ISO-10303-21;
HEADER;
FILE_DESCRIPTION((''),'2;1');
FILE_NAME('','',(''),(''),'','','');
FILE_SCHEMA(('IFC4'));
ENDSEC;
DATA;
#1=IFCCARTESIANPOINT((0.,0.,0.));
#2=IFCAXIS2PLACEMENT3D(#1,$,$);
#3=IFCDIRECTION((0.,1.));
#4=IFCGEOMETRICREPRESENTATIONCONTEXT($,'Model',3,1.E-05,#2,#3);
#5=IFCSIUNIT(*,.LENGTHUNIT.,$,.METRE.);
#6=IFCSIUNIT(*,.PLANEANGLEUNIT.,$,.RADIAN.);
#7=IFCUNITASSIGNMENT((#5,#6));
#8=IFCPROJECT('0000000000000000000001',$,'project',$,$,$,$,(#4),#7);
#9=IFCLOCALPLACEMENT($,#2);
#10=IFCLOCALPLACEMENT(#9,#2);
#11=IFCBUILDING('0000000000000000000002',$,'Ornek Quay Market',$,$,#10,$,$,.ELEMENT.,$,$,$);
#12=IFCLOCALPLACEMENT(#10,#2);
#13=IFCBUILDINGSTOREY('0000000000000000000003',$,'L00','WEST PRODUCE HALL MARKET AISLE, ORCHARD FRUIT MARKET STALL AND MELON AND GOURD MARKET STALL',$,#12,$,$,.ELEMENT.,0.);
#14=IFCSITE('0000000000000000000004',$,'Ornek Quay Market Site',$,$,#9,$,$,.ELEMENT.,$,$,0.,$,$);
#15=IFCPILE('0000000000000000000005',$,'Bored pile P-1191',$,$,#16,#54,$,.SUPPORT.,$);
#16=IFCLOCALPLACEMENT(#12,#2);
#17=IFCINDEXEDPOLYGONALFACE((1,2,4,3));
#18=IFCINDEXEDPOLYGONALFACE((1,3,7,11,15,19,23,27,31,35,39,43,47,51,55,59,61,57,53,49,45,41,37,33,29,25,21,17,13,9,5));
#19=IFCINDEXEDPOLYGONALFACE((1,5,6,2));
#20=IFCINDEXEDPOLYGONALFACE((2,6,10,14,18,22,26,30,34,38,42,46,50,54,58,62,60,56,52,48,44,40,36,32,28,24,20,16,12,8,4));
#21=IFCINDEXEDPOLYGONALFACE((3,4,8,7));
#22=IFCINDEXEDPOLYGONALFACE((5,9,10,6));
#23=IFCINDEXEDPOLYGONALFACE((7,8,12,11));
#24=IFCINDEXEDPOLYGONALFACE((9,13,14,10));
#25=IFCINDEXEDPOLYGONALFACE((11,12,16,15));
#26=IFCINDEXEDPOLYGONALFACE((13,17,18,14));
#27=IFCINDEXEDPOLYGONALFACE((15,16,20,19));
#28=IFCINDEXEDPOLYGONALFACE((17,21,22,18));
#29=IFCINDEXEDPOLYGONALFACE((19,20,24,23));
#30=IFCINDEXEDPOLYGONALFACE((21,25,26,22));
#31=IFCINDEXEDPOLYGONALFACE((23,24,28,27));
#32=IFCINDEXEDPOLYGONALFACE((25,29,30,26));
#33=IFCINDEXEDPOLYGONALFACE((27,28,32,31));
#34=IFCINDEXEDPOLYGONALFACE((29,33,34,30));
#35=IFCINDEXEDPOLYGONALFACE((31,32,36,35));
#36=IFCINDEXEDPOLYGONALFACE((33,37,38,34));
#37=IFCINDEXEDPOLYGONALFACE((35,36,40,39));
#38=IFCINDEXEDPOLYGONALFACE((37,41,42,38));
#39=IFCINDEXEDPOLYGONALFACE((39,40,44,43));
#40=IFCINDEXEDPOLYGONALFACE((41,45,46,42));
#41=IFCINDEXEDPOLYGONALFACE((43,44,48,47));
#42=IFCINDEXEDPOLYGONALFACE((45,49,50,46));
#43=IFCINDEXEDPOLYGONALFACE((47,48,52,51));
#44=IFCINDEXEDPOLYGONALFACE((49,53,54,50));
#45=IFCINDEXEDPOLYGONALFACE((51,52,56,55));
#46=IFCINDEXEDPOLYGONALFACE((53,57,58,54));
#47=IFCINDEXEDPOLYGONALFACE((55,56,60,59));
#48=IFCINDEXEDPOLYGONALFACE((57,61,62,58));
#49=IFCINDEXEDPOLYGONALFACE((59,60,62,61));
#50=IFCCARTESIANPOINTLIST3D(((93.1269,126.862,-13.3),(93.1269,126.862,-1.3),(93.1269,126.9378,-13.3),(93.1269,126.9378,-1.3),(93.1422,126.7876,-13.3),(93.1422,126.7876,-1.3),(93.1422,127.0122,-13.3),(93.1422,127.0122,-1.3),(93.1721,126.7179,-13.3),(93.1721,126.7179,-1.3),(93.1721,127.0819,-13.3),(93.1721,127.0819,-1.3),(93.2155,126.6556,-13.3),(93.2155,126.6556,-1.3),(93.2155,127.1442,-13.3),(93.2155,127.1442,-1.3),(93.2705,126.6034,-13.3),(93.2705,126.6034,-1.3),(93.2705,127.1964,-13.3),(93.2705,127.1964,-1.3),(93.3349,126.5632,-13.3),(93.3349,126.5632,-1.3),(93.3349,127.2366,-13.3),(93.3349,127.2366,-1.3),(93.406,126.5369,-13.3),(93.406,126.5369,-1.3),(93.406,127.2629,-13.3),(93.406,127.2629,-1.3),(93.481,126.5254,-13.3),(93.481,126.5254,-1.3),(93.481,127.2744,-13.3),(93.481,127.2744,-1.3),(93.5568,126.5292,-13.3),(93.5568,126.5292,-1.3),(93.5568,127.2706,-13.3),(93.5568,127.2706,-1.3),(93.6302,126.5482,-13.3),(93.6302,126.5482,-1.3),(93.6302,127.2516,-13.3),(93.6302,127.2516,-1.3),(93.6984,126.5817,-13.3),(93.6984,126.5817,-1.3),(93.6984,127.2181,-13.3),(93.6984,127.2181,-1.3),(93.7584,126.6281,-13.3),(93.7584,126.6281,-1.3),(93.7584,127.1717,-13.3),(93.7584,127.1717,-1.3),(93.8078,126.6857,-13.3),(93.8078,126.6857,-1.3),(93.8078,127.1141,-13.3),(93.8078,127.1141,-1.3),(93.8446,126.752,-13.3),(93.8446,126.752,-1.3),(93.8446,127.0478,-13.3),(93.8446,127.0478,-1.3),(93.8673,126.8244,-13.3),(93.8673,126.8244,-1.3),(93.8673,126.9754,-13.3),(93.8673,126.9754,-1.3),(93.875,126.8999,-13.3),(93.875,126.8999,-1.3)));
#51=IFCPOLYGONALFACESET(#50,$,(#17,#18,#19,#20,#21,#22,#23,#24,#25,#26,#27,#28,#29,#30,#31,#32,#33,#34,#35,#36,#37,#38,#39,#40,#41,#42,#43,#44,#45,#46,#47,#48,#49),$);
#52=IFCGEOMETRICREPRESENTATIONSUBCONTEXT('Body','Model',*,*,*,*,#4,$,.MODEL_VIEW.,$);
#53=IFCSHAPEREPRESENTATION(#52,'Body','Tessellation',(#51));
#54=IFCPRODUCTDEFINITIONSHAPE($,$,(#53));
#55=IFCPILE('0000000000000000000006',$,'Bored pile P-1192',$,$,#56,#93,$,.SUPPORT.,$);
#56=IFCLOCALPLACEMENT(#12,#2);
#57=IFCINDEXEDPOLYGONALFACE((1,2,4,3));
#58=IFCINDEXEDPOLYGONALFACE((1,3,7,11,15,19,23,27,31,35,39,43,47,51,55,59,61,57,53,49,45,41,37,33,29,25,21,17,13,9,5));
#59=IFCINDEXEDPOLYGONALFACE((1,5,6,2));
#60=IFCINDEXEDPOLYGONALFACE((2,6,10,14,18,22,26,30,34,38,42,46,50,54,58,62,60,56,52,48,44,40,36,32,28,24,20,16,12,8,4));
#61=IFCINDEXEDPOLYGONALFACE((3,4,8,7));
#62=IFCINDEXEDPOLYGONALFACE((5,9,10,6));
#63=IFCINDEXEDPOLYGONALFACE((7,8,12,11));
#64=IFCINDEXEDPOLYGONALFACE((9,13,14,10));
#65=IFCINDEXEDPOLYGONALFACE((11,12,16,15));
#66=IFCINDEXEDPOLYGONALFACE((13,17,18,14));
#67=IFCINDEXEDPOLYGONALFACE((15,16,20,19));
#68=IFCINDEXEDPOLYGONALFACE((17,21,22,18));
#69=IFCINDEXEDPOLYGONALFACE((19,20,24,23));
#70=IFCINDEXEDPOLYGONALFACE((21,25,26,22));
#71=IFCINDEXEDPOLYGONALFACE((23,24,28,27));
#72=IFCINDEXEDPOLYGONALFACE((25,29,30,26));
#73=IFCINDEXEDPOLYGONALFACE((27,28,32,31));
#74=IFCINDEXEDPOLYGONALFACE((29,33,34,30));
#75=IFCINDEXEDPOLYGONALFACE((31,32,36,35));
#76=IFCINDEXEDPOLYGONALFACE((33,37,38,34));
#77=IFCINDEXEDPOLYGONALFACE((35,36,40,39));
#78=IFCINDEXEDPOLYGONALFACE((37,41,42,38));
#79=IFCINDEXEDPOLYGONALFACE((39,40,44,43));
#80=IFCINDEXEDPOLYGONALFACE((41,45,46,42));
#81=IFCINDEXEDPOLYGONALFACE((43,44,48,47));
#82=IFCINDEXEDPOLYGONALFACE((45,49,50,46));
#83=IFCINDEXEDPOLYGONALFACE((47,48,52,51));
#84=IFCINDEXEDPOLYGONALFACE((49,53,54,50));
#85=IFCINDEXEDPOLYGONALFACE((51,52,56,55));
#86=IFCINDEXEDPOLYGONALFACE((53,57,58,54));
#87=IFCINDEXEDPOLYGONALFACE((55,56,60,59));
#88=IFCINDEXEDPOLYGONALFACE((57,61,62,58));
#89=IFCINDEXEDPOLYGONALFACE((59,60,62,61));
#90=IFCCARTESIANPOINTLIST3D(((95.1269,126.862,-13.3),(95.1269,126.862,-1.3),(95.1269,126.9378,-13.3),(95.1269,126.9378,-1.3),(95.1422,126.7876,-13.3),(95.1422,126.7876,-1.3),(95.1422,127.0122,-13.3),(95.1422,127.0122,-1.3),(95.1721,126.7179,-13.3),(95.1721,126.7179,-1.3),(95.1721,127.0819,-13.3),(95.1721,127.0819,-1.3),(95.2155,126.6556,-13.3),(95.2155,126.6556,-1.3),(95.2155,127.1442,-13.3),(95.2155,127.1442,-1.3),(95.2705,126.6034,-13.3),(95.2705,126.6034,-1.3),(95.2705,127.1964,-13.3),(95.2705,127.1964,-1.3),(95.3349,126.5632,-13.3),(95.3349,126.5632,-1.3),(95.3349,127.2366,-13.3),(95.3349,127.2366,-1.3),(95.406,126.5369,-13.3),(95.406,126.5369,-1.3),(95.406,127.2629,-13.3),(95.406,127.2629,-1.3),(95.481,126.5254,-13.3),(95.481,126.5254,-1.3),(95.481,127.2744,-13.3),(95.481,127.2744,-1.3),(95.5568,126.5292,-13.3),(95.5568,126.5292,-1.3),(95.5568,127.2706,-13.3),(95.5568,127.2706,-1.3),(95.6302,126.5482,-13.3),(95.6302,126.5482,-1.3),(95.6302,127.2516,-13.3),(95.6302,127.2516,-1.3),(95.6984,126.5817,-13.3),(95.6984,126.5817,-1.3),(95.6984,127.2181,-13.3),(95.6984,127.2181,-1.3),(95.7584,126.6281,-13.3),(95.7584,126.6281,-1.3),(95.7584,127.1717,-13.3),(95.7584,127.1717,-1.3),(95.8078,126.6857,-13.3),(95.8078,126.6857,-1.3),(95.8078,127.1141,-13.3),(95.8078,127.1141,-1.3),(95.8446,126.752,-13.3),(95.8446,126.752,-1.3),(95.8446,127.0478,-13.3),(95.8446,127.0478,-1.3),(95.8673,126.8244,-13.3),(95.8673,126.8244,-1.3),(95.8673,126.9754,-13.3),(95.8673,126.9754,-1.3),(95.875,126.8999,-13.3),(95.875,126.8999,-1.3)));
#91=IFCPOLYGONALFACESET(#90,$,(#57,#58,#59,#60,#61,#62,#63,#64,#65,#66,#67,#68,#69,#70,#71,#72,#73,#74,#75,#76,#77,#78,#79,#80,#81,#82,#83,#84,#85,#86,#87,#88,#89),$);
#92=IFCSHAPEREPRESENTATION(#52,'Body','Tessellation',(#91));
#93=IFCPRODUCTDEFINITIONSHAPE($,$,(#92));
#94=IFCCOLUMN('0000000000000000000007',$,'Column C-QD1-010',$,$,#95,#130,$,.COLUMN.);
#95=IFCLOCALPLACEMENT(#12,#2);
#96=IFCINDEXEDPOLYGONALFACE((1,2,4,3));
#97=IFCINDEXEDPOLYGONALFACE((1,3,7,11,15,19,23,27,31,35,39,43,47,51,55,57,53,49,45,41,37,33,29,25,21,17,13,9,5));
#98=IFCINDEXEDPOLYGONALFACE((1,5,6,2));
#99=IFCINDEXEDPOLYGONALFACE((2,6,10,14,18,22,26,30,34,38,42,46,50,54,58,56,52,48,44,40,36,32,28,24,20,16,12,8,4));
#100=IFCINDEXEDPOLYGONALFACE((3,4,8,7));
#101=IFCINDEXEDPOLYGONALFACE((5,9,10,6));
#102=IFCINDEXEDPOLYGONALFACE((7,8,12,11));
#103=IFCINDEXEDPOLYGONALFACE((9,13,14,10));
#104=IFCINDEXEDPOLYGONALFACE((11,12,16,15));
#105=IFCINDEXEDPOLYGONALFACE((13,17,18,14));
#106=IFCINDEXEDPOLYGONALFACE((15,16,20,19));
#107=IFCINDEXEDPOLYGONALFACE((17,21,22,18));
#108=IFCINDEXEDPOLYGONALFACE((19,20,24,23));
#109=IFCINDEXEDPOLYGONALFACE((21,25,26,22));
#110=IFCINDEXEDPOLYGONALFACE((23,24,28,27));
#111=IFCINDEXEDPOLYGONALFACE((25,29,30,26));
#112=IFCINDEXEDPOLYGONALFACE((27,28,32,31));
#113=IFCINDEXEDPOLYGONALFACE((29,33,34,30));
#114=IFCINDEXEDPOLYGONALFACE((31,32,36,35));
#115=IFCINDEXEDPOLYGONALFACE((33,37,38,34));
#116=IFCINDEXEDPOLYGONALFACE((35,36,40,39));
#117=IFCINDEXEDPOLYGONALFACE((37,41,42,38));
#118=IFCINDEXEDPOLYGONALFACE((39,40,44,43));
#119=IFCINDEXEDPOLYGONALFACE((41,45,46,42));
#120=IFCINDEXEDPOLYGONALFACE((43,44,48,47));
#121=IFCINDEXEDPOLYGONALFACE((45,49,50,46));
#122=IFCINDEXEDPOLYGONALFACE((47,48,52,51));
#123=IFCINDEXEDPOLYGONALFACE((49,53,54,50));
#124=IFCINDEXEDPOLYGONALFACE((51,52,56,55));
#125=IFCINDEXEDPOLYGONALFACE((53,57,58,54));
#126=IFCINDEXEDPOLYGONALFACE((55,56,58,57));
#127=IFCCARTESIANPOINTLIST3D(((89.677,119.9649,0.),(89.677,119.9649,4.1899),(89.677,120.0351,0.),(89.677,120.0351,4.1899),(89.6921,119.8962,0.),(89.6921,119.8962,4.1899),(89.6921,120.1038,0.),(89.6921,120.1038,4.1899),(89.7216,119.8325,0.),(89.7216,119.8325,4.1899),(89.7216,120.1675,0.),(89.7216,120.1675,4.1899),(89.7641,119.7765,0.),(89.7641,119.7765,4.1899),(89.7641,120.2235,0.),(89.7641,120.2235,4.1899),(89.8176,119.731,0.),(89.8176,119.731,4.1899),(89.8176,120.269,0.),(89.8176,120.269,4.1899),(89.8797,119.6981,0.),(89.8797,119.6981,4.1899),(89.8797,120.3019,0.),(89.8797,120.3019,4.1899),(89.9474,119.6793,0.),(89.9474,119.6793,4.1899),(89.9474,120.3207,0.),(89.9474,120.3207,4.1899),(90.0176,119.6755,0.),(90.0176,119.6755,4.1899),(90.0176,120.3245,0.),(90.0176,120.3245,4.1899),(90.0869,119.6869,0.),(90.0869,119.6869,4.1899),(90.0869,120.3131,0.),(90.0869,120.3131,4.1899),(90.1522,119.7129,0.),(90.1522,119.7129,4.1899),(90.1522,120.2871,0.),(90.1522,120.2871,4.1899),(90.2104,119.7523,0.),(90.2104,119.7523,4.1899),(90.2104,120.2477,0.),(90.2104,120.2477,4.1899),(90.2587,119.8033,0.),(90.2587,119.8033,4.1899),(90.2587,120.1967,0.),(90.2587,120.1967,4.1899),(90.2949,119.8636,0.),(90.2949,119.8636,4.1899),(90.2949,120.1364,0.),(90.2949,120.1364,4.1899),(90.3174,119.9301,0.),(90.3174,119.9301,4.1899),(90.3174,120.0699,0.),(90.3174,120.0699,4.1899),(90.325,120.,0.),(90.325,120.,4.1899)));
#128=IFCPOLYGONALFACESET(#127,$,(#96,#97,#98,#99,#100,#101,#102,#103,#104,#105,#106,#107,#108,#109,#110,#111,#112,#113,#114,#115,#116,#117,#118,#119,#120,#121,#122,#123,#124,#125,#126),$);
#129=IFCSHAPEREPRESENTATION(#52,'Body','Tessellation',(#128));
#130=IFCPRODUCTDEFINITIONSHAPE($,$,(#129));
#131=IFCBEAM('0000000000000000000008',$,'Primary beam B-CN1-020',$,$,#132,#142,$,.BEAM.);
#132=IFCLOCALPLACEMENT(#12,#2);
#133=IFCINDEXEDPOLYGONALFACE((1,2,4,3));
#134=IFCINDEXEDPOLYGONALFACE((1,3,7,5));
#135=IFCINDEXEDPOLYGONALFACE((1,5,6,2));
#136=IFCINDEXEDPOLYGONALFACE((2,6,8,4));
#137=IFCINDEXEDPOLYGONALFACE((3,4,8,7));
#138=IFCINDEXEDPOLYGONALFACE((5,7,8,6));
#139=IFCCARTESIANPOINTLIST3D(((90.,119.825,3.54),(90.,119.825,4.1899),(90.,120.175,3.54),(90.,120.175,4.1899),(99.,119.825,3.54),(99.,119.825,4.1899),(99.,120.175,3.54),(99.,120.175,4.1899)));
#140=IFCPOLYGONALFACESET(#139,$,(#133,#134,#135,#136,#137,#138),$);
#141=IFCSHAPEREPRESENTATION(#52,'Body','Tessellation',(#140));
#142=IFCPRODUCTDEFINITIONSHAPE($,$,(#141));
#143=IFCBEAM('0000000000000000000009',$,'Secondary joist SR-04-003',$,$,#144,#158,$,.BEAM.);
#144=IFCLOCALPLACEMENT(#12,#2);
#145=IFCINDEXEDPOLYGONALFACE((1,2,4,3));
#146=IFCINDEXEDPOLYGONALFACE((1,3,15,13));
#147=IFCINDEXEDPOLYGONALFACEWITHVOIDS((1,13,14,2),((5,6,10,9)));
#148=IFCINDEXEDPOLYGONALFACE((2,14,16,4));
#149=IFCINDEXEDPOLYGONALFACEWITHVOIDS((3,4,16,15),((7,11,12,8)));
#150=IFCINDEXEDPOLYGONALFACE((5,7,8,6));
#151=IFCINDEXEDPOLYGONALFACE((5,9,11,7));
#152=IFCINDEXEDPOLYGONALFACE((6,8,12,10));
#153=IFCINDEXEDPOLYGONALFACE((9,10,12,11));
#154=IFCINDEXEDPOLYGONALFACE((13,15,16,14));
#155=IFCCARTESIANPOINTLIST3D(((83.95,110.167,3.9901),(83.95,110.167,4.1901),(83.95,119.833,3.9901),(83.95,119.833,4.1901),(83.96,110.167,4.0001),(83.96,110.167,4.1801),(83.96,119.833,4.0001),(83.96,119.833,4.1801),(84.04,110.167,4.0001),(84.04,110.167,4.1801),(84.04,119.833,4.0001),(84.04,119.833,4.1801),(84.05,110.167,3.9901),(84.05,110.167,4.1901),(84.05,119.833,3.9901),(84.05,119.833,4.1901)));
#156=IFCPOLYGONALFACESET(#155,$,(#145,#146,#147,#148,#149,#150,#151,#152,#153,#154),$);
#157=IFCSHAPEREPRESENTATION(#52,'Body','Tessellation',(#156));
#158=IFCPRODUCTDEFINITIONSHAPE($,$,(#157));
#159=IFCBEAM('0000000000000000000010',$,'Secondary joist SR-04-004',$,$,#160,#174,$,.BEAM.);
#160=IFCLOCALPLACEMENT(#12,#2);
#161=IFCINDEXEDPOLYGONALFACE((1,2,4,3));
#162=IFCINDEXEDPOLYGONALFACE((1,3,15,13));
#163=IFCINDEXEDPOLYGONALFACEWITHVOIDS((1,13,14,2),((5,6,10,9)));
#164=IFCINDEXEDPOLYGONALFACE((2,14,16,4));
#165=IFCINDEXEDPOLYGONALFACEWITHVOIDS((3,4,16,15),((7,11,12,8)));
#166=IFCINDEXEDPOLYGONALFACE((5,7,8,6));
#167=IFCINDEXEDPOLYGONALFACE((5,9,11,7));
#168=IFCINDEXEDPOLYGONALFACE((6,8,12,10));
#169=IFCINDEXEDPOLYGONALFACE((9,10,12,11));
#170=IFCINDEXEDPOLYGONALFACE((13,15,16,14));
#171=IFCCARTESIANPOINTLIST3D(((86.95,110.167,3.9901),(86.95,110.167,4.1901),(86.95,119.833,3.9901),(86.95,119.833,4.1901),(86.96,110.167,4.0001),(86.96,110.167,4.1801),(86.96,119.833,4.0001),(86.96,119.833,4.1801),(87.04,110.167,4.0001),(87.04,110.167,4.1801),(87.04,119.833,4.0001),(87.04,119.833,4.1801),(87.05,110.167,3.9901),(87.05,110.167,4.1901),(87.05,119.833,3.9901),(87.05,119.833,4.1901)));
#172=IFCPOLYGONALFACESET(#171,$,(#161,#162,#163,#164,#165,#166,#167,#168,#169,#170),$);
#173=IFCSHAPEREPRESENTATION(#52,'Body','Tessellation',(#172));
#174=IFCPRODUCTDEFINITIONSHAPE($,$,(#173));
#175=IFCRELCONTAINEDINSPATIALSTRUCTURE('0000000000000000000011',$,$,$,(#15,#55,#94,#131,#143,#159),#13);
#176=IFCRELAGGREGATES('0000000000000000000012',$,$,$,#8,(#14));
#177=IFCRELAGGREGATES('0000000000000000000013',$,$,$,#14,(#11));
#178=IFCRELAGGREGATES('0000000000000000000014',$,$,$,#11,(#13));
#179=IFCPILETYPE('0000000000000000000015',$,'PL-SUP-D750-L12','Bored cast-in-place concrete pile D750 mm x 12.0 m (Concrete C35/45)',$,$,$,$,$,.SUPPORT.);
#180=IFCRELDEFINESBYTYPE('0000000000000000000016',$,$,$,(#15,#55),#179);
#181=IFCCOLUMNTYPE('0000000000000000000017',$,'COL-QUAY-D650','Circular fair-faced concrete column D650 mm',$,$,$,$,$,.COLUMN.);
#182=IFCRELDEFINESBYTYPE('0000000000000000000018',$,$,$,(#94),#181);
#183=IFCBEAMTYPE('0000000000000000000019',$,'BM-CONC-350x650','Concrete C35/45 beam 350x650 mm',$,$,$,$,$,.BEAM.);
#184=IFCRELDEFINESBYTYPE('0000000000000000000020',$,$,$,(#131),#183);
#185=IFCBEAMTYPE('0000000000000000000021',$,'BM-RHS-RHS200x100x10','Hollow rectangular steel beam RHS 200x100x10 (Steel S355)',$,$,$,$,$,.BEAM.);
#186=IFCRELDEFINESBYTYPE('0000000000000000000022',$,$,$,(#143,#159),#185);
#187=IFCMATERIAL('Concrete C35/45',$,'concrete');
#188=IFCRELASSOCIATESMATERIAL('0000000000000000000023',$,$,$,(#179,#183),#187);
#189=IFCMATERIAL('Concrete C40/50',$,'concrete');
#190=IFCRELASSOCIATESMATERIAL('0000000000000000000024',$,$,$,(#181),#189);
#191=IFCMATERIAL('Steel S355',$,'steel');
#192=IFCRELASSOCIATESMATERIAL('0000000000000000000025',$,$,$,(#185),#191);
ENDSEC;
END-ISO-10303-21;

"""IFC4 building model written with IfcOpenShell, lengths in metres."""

from ifc_helpers import new_model, si_unit, direction, frame, origin, origin_2d, place, context, subcontext, project, spatial, rectangle, hollow_rectangle, circle, extrude, material, material_profile, profile_set, type_object, element, save


model = new_model("IFC4")

# Units and contexts
model_context = context("Model", 3, precision=1e-05, world=origin(), true_north=direction((0.0, 1.0)))
body_context = subcontext(model_context, "Body", "Model", "MODEL_VIEW")
ifc_project = project(units=[si_unit("LENGTHUNIT", "METRE"), si_unit("PLANEANGLEUNIT", "RADIAN")], contexts=[model_context])

# Site, building, storey
site_placement = place(None, origin())
site = spatial("IfcSite", under=ifc_project, at=site_placement, Name="Ornek Quay Market Site", CompositionType="ELEMENT", RefElevation=0.0)
building_placement = place(site_placement, origin())
building = spatial("IfcBuilding", under=site, at=building_placement, Name="Ornek Quay Market", CompositionType="ELEMENT")
storey_placement = place(building_placement, origin())
storey = spatial("IfcBuildingStorey", under=building, at=storey_placement, Name="L00", Description="WEST PRODUCE HALL MARKET AISLE, ORCHARD FRUIT MARKET STALL AND MELON AND GOURD MARKET STALL", CompositionType="ELEMENT", Elevation=0.0)

# Piles
ifc_material_1 = material(Name="Concrete C35/45", Category="concrete")
ifc_material_profile_1 = material_profile(ifc_material_1, circle(Radius=0.375, at=origin_2d()), Name="PILE D750", Category="concrete")
ifc_profile_set_1 = profile_set([ifc_material_profile_1], Name="Concrete C35/45")
pile_type = type_object("IfcPileType", Name="PL-SUP-D750-L12", Description="Bored cast-in-place concrete pile D750 mm x 12.0 m (Concrete C35/45)", PredefinedType="SUPPORT", material=ifc_profile_set_1)
for number, where, z_axis, x_axis, name in (
    (1, (93.5, 126.8999, -1.3), (0.0, 0.0, -1.0), (1.0, 0.0, 0.0), "Bored pile P-1191"),
    (2, (95.5, 126.8999, -1.3), (0.0, 0.0, -1.0), (1.0, 0.0, 0.0), "Bored pile P-1192"),
):
    element("IfcPile", number, at=place(storey_placement, frame(where, z_axis=z_axis, x_axis=x_axis)), inside=storey, type_object=pile_type, Name=name, PredefinedType="SUPPORT", context=body_context, shape_type="SweptSolid", body=[
        extrude(circle(Radius=0.375, at=origin_2d()), origin(), (0.0, 0.0, 1.0), 12.0),
    ])

# Column
ifc_material_2 = material(Name="Concrete C40/50", Category="concrete")
ifc_material_profile_2 = material_profile(ifc_material_2, circle(Radius=0.325, at=origin_2d()), Name="RC D650", Category="concrete")
ifc_profile_set_2 = profile_set([ifc_material_profile_2], Name="Concrete C40/50")
column_type = type_object("IfcColumnType", Name="COL-QUAY-D650", Description="Circular fair-faced concrete column D650 mm", PredefinedType="COLUMN", material=ifc_profile_set_2)
column_placement = place(storey_placement, frame((90.0, 120.0, 0.0), z_axis=(0.0, 0.0, 1.0), x_axis=(1.0, 0.0, 0.0)))
element("IfcColumn", 3, at=column_placement, inside=storey, type_object=column_type, Name="Column C-QD1-010", PredefinedType="COLUMN", context=body_context, shape_type="SweptSolid", body=[
    extrude(circle(Radius=0.325, at=origin_2d()), origin(), (0.0, 0.0, 1.0), 4.1899),
])

# Beams
ifc_material_profile_3 = material_profile(ifc_material_1, rectangle(XDim=0.3501, YDim=0.6499, at=origin_2d()), Name="RC 350x650", Category="concrete")
ifc_profile_set_3 = profile_set([ifc_material_profile_3], Name="Concrete C35/45")
beam_type_1 = type_object("IfcBeamType", Name="BM-CONC-350x650", Description="Concrete C35/45 beam 350x650 mm", PredefinedType="BEAM", material=ifc_profile_set_3)
beam_placement = place(storey_placement, frame((90.0, 120.0, 3.865), z_axis=(1.0, 0.0, 0.0), x_axis=(0.0, 1.0, 0.0)))
element("IfcBeam", 4, at=beam_placement, inside=storey, type_object=beam_type_1, Name="Primary beam B-CN1-020", PredefinedType="BEAM", context=body_context, shape_type="SweptSolid", body=[
    extrude(rectangle(XDim=0.3501, YDim=0.6499, at=origin_2d()), origin(), (0.0, 0.0, 1.0), 9.0),
])
ifc_material_3 = material(Name="Steel S355", Category="steel")
ifc_material_profile_4 = material_profile(ifc_material_3, hollow_rectangle(XDim=0.1001, YDim=0.2, WallThickness=0.01, at=origin_2d()), Name="RHS 200x100x10", Category="steel")
ifc_profile_set_4 = profile_set([ifc_material_profile_4], Name="Steel S355")
beam_type_2 = type_object("IfcBeamType", Name="BM-RHS-RHS200x100x10", Description="Hollow rectangular steel beam RHS 200x100x10 (Steel S355)", PredefinedType="BEAM", material=ifc_profile_set_4)
for number, where, z_axis, x_axis, name in (
    (5, (84.0, 110.167, 4.0901), (0.0, 1.0, 0.0), (-1.0, 0.0, 0.0), "Secondary joist SR-04-003"),
    (6, (87.0, 110.167, 4.0901), (0.0, 1.0, 0.0), (-1.0, 0.0, 0.0), "Secondary joist SR-04-004"),
):
    element("IfcBeam", number, at=place(storey_placement, frame(where, z_axis=z_axis, x_axis=x_axis)), inside=storey, type_object=beam_type_2, Name=name, PredefinedType="BEAM", context=body_context, shape_type="SweptSolid", body=[
        extrude(hollow_rectangle(XDim=0.1001, YDim=0.2, WallThickness=0.01, at=origin_2d()), origin(), (0.0, 0.0, 1.0), 9.666),
    ])

save(model, "model.ifc")
